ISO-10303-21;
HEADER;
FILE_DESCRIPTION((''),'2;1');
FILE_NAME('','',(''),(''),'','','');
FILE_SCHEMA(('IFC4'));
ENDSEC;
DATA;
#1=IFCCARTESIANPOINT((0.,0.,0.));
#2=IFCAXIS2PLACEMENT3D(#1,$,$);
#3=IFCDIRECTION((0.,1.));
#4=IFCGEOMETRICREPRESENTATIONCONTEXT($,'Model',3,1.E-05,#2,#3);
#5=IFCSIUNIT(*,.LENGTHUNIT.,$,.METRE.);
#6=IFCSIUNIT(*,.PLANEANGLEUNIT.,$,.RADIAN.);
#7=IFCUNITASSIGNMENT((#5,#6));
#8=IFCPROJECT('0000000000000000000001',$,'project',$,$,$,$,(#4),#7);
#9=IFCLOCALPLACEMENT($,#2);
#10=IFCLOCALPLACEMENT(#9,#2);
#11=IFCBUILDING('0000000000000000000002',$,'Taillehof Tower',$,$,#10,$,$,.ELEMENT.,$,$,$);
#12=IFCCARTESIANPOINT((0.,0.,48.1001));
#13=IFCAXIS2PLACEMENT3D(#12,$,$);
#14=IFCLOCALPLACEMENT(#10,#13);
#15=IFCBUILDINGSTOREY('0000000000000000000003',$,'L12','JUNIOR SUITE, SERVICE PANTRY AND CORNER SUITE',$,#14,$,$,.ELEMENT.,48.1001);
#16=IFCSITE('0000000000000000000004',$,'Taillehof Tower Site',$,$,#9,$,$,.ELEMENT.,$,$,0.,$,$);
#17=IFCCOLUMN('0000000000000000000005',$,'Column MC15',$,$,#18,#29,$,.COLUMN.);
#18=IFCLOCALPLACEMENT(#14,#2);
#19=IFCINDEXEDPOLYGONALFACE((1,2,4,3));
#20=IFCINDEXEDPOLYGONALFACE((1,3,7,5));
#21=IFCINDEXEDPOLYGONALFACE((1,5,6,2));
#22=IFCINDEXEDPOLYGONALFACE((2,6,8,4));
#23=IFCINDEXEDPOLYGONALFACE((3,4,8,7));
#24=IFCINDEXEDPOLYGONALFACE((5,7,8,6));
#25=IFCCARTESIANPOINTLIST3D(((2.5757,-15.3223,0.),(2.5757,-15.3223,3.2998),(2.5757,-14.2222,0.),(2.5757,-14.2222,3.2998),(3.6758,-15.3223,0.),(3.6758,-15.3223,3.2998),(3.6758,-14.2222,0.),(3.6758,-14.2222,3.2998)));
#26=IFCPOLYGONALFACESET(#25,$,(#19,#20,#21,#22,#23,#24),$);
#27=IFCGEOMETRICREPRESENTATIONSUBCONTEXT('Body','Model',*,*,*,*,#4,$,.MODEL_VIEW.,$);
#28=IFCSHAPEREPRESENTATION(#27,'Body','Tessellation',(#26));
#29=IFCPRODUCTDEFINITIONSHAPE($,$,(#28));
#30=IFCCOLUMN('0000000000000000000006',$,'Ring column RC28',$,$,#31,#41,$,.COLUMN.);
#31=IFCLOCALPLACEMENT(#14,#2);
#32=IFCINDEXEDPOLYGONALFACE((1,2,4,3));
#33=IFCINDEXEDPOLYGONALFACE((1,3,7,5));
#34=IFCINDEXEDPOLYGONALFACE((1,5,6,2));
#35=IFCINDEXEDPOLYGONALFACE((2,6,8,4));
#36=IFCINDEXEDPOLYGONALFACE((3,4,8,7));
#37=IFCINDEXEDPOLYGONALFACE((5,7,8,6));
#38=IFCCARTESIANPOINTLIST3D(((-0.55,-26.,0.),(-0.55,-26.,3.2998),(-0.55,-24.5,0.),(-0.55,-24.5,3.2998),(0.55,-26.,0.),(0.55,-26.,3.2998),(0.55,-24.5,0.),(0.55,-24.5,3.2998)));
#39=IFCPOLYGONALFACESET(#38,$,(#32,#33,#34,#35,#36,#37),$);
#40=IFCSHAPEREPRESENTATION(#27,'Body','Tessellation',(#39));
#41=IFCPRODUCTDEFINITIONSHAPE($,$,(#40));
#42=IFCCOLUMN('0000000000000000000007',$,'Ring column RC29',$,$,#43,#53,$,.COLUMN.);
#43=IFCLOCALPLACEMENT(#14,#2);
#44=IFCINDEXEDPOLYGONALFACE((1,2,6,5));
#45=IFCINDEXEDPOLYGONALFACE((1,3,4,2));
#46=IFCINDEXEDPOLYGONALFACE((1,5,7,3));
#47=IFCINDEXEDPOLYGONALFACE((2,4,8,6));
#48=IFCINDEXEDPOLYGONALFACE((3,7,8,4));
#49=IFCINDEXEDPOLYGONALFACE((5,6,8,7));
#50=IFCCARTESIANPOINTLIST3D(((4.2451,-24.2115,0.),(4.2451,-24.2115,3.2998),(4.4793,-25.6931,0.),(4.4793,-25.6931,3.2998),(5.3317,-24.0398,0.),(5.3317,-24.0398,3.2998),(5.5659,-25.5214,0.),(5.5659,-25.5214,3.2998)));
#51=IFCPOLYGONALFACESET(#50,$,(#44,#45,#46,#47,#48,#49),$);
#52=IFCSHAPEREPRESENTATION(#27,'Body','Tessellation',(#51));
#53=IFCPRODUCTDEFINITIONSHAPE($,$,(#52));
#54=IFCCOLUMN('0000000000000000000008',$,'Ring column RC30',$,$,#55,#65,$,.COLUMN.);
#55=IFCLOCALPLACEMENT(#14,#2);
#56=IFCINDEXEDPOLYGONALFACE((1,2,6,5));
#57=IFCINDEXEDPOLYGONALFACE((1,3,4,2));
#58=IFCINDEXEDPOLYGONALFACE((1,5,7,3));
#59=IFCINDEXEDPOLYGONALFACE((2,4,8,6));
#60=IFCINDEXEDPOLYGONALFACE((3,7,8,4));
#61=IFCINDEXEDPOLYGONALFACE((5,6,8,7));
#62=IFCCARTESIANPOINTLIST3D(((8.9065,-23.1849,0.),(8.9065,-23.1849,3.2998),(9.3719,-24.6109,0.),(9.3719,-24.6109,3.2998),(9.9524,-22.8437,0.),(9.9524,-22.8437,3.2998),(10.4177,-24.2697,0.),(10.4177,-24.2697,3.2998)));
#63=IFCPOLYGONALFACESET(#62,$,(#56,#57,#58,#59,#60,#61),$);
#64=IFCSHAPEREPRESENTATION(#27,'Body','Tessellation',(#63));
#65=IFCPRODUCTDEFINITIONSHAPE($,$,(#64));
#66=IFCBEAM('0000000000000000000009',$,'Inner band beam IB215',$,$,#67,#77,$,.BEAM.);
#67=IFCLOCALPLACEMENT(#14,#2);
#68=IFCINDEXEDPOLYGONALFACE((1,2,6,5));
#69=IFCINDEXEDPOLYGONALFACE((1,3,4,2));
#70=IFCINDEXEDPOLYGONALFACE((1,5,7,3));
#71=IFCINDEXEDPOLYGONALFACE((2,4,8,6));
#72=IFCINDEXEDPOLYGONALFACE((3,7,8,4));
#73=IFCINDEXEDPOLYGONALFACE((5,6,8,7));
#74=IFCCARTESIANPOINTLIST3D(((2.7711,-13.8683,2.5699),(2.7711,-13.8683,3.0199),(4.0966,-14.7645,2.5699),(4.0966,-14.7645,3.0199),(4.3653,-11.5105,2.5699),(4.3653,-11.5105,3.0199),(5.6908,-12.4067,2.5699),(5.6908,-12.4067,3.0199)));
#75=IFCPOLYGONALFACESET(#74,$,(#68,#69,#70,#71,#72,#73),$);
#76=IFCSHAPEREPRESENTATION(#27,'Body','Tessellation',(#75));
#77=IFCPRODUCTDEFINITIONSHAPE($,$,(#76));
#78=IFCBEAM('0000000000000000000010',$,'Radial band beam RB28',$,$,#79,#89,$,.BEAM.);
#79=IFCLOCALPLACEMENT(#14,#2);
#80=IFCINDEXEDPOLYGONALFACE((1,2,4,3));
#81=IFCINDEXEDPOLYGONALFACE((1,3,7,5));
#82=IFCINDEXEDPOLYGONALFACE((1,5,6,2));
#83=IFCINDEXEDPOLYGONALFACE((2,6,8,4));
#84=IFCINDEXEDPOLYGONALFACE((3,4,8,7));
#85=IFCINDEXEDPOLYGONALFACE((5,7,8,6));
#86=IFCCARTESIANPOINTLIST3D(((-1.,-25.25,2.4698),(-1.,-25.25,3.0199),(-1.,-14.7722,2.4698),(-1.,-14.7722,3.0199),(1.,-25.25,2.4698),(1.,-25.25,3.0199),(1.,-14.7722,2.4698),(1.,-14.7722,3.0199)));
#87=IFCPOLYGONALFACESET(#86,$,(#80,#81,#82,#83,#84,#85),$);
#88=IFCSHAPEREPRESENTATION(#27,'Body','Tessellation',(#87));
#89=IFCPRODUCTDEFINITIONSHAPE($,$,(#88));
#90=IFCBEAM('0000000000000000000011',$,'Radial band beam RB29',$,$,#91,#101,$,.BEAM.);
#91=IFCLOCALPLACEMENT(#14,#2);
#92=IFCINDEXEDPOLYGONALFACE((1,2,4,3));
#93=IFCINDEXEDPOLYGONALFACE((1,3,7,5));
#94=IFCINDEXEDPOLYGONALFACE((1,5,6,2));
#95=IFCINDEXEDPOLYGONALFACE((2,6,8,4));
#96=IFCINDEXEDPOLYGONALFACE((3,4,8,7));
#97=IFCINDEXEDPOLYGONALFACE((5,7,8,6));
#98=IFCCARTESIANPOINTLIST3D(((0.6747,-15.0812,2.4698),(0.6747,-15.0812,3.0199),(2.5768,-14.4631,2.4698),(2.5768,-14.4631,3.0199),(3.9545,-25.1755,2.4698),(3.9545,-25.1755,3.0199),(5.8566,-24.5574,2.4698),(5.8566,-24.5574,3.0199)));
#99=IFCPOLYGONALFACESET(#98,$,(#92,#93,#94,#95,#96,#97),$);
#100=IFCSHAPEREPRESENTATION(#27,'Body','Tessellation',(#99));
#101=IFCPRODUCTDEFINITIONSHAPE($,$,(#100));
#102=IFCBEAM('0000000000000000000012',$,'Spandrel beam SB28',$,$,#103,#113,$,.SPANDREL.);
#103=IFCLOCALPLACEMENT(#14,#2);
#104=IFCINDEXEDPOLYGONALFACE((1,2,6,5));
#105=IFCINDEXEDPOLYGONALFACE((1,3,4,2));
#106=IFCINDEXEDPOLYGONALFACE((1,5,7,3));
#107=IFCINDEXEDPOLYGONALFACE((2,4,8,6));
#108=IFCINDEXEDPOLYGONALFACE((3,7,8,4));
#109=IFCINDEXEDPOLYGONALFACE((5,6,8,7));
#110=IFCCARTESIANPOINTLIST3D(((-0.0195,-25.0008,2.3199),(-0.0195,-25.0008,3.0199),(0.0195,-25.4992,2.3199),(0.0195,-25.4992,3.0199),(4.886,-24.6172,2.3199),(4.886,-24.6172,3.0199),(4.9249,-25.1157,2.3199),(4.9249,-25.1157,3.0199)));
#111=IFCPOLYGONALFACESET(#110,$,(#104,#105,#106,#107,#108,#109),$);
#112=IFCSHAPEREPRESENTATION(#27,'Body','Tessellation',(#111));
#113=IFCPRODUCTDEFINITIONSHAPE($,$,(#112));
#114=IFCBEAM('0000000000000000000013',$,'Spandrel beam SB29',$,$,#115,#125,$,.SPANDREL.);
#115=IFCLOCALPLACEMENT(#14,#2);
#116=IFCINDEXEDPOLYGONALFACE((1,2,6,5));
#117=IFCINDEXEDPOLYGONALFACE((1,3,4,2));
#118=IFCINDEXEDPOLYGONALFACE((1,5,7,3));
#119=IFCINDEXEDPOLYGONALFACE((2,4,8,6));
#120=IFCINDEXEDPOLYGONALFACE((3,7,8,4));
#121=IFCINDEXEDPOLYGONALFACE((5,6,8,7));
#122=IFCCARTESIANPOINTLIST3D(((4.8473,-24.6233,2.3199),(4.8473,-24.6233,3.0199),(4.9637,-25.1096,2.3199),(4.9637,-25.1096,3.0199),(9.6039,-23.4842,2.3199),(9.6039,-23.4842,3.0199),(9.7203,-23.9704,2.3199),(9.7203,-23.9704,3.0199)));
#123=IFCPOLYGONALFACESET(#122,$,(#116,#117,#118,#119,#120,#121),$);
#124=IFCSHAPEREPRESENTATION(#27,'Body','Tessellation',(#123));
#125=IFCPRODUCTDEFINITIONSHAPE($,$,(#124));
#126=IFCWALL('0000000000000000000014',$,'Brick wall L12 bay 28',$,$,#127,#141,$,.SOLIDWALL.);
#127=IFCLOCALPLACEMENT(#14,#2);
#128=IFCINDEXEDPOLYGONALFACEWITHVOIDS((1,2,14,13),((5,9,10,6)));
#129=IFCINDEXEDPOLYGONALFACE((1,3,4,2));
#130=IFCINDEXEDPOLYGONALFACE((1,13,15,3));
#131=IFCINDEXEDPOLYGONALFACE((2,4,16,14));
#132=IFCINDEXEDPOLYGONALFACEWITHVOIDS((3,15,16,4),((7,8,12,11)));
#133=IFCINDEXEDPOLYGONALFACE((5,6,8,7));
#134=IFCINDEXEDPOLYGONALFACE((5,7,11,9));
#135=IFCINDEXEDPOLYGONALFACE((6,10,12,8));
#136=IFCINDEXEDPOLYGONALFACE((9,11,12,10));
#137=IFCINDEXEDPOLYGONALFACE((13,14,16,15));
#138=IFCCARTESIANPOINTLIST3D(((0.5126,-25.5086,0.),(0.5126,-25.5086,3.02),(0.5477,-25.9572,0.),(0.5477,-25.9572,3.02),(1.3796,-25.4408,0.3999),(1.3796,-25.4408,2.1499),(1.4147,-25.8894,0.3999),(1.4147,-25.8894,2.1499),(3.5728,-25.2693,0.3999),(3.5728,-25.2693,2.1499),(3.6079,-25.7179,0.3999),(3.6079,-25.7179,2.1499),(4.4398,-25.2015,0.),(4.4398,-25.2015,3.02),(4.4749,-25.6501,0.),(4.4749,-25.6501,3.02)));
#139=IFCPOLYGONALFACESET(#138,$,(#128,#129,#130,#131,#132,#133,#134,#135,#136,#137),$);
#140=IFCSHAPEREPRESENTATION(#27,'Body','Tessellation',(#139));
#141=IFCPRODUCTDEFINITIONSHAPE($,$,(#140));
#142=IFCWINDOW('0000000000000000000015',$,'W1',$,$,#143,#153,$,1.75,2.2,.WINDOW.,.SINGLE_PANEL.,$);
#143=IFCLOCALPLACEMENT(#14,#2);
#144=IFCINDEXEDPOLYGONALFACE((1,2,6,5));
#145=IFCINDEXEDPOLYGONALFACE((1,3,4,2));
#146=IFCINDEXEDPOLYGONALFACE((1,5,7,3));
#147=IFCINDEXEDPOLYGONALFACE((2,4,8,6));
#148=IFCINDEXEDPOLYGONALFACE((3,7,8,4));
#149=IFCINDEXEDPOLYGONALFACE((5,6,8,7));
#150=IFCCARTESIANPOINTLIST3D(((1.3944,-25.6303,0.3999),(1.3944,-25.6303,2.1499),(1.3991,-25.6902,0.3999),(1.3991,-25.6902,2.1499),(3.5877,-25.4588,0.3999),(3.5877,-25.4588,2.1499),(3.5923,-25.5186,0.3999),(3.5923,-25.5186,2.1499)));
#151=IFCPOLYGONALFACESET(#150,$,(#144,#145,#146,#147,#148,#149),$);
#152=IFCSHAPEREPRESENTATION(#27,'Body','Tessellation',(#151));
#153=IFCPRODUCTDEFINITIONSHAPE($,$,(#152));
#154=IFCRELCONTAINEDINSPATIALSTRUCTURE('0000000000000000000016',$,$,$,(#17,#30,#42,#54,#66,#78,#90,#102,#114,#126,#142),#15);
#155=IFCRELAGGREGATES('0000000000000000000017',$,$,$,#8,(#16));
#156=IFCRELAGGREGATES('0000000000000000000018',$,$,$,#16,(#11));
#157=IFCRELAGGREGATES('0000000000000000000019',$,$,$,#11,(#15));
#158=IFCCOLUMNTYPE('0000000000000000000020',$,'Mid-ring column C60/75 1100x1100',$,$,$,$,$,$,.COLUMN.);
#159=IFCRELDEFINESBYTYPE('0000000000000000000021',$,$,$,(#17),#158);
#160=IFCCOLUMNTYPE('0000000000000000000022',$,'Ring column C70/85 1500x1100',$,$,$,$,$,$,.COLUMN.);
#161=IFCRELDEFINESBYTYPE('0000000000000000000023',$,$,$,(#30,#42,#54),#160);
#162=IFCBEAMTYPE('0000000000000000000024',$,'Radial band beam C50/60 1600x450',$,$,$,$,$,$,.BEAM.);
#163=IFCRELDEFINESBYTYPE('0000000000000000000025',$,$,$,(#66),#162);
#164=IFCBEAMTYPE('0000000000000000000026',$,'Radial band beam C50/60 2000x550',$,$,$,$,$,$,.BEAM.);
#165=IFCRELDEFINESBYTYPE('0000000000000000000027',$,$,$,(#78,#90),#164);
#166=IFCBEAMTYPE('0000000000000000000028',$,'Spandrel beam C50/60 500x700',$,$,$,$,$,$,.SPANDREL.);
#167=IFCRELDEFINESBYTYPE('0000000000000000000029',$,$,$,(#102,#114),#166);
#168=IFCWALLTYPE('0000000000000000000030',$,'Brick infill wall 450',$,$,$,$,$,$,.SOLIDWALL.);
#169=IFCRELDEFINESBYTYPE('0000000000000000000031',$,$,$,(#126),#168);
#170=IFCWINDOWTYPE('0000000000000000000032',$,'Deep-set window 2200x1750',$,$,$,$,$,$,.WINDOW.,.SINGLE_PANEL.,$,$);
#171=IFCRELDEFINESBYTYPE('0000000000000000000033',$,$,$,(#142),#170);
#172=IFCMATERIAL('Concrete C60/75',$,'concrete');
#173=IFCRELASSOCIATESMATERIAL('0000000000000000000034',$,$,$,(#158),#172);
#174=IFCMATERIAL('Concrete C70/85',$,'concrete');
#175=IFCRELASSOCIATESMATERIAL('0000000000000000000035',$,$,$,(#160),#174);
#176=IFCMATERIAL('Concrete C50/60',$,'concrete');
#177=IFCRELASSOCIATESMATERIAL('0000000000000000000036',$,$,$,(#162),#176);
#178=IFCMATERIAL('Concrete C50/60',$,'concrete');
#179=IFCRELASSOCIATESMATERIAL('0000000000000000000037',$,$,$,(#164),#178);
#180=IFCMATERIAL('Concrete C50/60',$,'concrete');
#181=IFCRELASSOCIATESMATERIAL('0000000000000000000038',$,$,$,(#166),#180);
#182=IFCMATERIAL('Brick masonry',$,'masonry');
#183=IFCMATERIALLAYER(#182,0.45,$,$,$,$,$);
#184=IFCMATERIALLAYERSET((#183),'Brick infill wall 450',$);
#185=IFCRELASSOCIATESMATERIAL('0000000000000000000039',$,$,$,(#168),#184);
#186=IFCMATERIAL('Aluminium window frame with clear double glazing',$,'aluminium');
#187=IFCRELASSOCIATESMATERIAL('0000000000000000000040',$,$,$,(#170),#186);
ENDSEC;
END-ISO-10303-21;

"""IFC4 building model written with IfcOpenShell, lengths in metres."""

from ifc_helpers import new_model, si_unit, direction, frame, frame_2d, origin, origin_2d, place, context, subcontext, project, spatial, rectangle, extrude, material, layer, layer_set, material_profile, profile_set, type_object, element, fill, save


model = new_model("IFC4")

# Units and contexts
model_context = context("Model", 3, precision=1e-05, world=origin(), true_north=direction((0.0, 1.0)))
body_context = subcontext(model_context, "Body", "Model", "MODEL_VIEW")
ifc_project = project(units=[si_unit("LENGTHUNIT", "METRE"), si_unit("PLANEANGLEUNIT", "RADIAN")], contexts=[model_context])

# Site, building, storey
site_placement = place(None, origin())
site = spatial("IfcSite", under=ifc_project, at=site_placement, Name="Taillehof Tower Site", CompositionType="ELEMENT", RefElevation=0.0)
building_placement = place(site_placement, origin())
building = spatial("IfcBuilding", under=site, at=building_placement, Name="Taillehof Tower", CompositionType="ELEMENT")
storey_placement = place(building_placement, frame((0.0, 0.0, 48.1001)))
storey = spatial("IfcBuildingStorey", under=building, at=storey_placement, Name="L12", Description="JUNIOR SUITE, SERVICE PANTRY AND CORNER SUITE", CompositionType="ELEMENT", Elevation=48.1001)

# Columns
ifc_material_1 = material(Name="Concrete C60/75", Category="concrete")
ifc_material_profile_1 = material_profile(ifc_material_1, rectangle(XDim=1.1001, YDim=1.1001, at=origin_2d()), Name="RC 1100x1100")
ifc_profile_set_1 = profile_set([ifc_material_profile_1], Name="Concrete C60/75")
column_type_1 = type_object("IfcColumnType", Name="Mid-ring column C60/75 1100x1100", PredefinedType="COLUMN", material=ifc_profile_set_1)
column_placement = place(storey_placement, frame((3.1257, -14.7722, 0.0), z_axis=(0.0, 0.0, 1.0), x_axis=(1.0, 0.0, 0.0)))
element("IfcColumn", 1, at=column_placement, inside=storey, type_object=column_type_1, Name="Column MC15", PredefinedType="COLUMN", context=body_context, shape_type="SweptSolid", body=[
    extrude(rectangle(XDim=1.1001, YDim=1.1001, at=origin_2d()), origin(), (0.0, 0.0, 1.0), 3.2998),
])
ifc_material_2 = material(Name="Concrete C70/85", Category="concrete")
ifc_material_profile_2 = material_profile(ifc_material_2, rectangle(XDim=1.5, YDim=1.1001, at=origin_2d()), Name="RC 1500x1100")
ifc_profile_set_2 = profile_set([ifc_material_profile_2], Name="Concrete C70/85")
column_type_2 = type_object("IfcColumnType", Name="Ring column C70/85 1500x1100", PredefinedType="COLUMN", material=ifc_profile_set_2)
for number, where, z_axis, x_axis, name in (
    (2, (0.0, -25.25, 0.0), (0.0, 0.0, 1.0), (0.0, -1.0, 0.0), "Ring column RC28"),
    (3, (4.9055, -24.8665, 0.0), (0.0, 0.0, 1.0), (0.156147, -0.987734, 0.0), "Ring column RC29"),
    (4, (9.6621, -23.7273, 0.0), (0.0, 0.0, 1.0), (0.310219, -0.950665, 0.0), "Ring column RC30"),
):
    element("IfcColumn", number, at=place(storey_placement, frame(where, z_axis=z_axis, x_axis=x_axis)), inside=storey, type_object=column_type_2, Name=name, PredefinedType="COLUMN", context=body_context, shape_type="SweptSolid", body=[
        extrude(rectangle(XDim=1.5, YDim=1.1001, at=origin_2d()), origin(), (0.0, 0.0, 1.0), 3.2998),
    ])

# Beams
ifc_material_3 = material(Name="Concrete C50/60", Category="concrete")
ifc_material_profile_3 = material_profile(ifc_material_3, rectangle(XDim=1.6001, YDim=0.45, at=origin_2d()), Name="RC 1600x450")
ifc_profile_set_3 = profile_set([ifc_material_profile_3], Name="Concrete C50/60")
beam_type_1 = type_object("IfcBeamType", Name="Radial band beam C50/60 1600x450", PredefinedType="BEAM", material=ifc_profile_set_3)
beam_1_placement = place(storey_placement, frame((3.4338, -14.3164, 2.7949), z_axis=(0.560112, 0.828417, 0.0), x_axis=(-0.828417, 0.560112, 0.0)))
element("IfcBeam", 5, at=beam_1_placement, inside=storey, type_object=beam_type_1, Name="Inner band beam IB215", PredefinedType="BEAM", context=body_context, shape_type="SweptSolid", body=[
    extrude(rectangle(XDim=1.6001, YDim=0.45, at=origin_2d()), origin(), (0.0, 0.0, 1.0), 2.8462),
])
ifc_material_4 = material(Name="Concrete C50/60", Category="concrete")
ifc_material_profile_4 = material_profile(ifc_material_4, rectangle(XDim=2.0, YDim=0.55, at=origin_2d()), Name="RC 2000x550")
ifc_profile_set_4 = profile_set([ifc_material_profile_4], Name="Concrete C50/60")
beam_type_2 = type_object("IfcBeamType", Name="Radial band beam C50/60 2000x550", PredefinedType="BEAM", material=ifc_profile_set_4)
beam_2_placement = place(storey_placement, frame((0.0, -25.25, 2.7449), z_axis=(0.0, 1.0, 0.0), x_axis=(-1.0, 0.0, 0.0)))
element("IfcBeam", 6, at=beam_2_placement, inside=storey, type_object=beam_type_2, Name="Radial band beam RB28", PredefinedType="BEAM", context=body_context, shape_type="SweptSolid", body=[
    extrude(rectangle(XDim=2.0, YDim=0.55, at=origin_2d()), origin(), (0.0, 0.0, 1.0), 10.4778),
])
beam_3_placement = place(storey_placement, frame((4.9055, -24.8665, 2.7449), z_axis=(-0.309014, 0.951057, 0.0), x_axis=(-0.951057, -0.309014, 0.0)))
element("IfcBeam", 7, at=beam_3_placement, inside=storey, type_object=beam_type_2, Name="Radial band beam RB29", PredefinedType="BEAM", context=body_context, shape_type="SweptSolid", body=[
    extrude(rectangle(XDim=2.0, YDim=0.55, at=origin_2d()), origin(), (0.0, 0.0, 1.0), 10.6138),
])
ifc_material_5 = material(Name="Concrete C50/60", Category="concrete")
ifc_material_profile_5 = material_profile(ifc_material_5, rectangle(XDim=0.5, YDim=0.7, at=origin_2d()), Name="RC 500x700")
ifc_profile_set_5 = profile_set([ifc_material_profile_5], Name="Concrete C50/60")
beam_type_3 = type_object("IfcBeamType", Name="Spandrel beam C50/60 500x700", PredefinedType="SPANDREL", material=ifc_profile_set_5)
beam_4_placement = place(storey_placement, frame((0.0, -25.25, 2.6699), z_axis=(0.996957, 0.077949, 0.0), x_axis=(-0.077949, 0.996957, 0.0)))
element("IfcBeam", 8, at=beam_4_placement, inside=storey, type_object=beam_type_3, Name="Spandrel beam SB28", PredefinedType="SPANDREL", context=body_context, shape_type="SweptSolid", body=[
    extrude(rectangle(XDim=0.5, YDim=0.7, at=origin_2d()), origin(), (0.0, 0.0, 1.0), 4.9204),
])
beam_5_placement = place(storey_placement, frame((4.9055, -24.8665, 2.6699), z_axis=(0.9725, 0.232905, 0.0), x_axis=(-0.232905, 0.9725, 0.0)))
element("IfcBeam", 9, at=beam_5_placement, inside=storey, type_object=beam_type_3, Name="Spandrel beam SB29", PredefinedType="SPANDREL", context=body_context, shape_type="SweptSolid", body=[
    extrude(rectangle(XDim=0.5, YDim=0.7, at=origin_2d()), origin(), (0.0, 0.0, 1.0), 4.8911),
])

# Wall, opening, window
ifc_material_6 = material(Name="Brick masonry", Category="masonry")
ifc_layer_1 = layer(ifc_material_6, 0.45)
ifc_layer_set_1 = layer_set([ifc_layer_1], Name="Brick infill wall 450")
wall_type_1 = type_object("IfcWallType", Name="Brick infill wall 450", PredefinedType="SOLIDWALL", material=ifc_layer_set_1)
wall_1_placement = place(storey_placement, frame((0.53, -25.7329, 0.0), z_axis=(0.0, 0.0, 1.0), x_axis=(0.996956, 0.077967, 0.0)))
wall_1 = element("IfcWall", 10, at=wall_1_placement, inside=storey, type_object=wall_type_1, Name="Brick wall L12 bay 28", PredefinedType="SOLIDWALL", context=body_context, shape_type="SweptSolid", body=[
    extrude(rectangle(XDim=3.9392, YDim=0.45, at=frame_2d((1.9697, 0.0))), origin(), (0.0, 0.0, 1.0), 3.02),
])
opening_1_placement = place(wall_1_placement, frame((0.8696, 0.0, 0.3999)))
opening_1 = element("IfcOpeningElement", 11, at=opening_1_placement, cuts=wall_1, PredefinedType="OPENING", context=body_context, shape_type="SweptSolid", body=[
    extrude(rectangle(XDim=2.2, YDim=1.75, at=frame_2d((1.1001, 0.875))), frame((0.0, 0.2349, 0.0), z_axis=(0.0, -1.0, 0.0), x_axis=(1.0, 0.0, 0.0)), (0.0, 0.0, 1.0), 0.47),
])
ifc_material_7 = material(Name="Aluminium window frame with clear double glazing", Category="aluminium")
window_type = type_object("IfcWindowType", Name="Deep-set window 2200x1750", PartitioningType="SINGLE_PANEL", PredefinedType="WINDOW", material=ifc_material_7)
window_1_placement = place(opening_1_placement, origin())
window_1 = element("IfcWindow", 12, at=window_1_placement, inside=storey, type_object=window_type, Name="W1", OverallHeight=1.75, OverallWidth=2.2, PartitioningType="SINGLE_PANEL", PredefinedType="WINDOW", context=body_context, shape_type="SweptSolid", body=[
    extrude(rectangle(XDim=2.2, YDim=1.75, at=frame_2d((1.1001, 0.875))), frame((0.0, 0.0349, 0.0), z_axis=(0.0, -1.0, 0.0), x_axis=(1.0, 0.0, 0.0)), (0.0, 0.0, 1.0), 0.0601),
])
fill(opening_1, window_1)

save(model, "model.ifc")
